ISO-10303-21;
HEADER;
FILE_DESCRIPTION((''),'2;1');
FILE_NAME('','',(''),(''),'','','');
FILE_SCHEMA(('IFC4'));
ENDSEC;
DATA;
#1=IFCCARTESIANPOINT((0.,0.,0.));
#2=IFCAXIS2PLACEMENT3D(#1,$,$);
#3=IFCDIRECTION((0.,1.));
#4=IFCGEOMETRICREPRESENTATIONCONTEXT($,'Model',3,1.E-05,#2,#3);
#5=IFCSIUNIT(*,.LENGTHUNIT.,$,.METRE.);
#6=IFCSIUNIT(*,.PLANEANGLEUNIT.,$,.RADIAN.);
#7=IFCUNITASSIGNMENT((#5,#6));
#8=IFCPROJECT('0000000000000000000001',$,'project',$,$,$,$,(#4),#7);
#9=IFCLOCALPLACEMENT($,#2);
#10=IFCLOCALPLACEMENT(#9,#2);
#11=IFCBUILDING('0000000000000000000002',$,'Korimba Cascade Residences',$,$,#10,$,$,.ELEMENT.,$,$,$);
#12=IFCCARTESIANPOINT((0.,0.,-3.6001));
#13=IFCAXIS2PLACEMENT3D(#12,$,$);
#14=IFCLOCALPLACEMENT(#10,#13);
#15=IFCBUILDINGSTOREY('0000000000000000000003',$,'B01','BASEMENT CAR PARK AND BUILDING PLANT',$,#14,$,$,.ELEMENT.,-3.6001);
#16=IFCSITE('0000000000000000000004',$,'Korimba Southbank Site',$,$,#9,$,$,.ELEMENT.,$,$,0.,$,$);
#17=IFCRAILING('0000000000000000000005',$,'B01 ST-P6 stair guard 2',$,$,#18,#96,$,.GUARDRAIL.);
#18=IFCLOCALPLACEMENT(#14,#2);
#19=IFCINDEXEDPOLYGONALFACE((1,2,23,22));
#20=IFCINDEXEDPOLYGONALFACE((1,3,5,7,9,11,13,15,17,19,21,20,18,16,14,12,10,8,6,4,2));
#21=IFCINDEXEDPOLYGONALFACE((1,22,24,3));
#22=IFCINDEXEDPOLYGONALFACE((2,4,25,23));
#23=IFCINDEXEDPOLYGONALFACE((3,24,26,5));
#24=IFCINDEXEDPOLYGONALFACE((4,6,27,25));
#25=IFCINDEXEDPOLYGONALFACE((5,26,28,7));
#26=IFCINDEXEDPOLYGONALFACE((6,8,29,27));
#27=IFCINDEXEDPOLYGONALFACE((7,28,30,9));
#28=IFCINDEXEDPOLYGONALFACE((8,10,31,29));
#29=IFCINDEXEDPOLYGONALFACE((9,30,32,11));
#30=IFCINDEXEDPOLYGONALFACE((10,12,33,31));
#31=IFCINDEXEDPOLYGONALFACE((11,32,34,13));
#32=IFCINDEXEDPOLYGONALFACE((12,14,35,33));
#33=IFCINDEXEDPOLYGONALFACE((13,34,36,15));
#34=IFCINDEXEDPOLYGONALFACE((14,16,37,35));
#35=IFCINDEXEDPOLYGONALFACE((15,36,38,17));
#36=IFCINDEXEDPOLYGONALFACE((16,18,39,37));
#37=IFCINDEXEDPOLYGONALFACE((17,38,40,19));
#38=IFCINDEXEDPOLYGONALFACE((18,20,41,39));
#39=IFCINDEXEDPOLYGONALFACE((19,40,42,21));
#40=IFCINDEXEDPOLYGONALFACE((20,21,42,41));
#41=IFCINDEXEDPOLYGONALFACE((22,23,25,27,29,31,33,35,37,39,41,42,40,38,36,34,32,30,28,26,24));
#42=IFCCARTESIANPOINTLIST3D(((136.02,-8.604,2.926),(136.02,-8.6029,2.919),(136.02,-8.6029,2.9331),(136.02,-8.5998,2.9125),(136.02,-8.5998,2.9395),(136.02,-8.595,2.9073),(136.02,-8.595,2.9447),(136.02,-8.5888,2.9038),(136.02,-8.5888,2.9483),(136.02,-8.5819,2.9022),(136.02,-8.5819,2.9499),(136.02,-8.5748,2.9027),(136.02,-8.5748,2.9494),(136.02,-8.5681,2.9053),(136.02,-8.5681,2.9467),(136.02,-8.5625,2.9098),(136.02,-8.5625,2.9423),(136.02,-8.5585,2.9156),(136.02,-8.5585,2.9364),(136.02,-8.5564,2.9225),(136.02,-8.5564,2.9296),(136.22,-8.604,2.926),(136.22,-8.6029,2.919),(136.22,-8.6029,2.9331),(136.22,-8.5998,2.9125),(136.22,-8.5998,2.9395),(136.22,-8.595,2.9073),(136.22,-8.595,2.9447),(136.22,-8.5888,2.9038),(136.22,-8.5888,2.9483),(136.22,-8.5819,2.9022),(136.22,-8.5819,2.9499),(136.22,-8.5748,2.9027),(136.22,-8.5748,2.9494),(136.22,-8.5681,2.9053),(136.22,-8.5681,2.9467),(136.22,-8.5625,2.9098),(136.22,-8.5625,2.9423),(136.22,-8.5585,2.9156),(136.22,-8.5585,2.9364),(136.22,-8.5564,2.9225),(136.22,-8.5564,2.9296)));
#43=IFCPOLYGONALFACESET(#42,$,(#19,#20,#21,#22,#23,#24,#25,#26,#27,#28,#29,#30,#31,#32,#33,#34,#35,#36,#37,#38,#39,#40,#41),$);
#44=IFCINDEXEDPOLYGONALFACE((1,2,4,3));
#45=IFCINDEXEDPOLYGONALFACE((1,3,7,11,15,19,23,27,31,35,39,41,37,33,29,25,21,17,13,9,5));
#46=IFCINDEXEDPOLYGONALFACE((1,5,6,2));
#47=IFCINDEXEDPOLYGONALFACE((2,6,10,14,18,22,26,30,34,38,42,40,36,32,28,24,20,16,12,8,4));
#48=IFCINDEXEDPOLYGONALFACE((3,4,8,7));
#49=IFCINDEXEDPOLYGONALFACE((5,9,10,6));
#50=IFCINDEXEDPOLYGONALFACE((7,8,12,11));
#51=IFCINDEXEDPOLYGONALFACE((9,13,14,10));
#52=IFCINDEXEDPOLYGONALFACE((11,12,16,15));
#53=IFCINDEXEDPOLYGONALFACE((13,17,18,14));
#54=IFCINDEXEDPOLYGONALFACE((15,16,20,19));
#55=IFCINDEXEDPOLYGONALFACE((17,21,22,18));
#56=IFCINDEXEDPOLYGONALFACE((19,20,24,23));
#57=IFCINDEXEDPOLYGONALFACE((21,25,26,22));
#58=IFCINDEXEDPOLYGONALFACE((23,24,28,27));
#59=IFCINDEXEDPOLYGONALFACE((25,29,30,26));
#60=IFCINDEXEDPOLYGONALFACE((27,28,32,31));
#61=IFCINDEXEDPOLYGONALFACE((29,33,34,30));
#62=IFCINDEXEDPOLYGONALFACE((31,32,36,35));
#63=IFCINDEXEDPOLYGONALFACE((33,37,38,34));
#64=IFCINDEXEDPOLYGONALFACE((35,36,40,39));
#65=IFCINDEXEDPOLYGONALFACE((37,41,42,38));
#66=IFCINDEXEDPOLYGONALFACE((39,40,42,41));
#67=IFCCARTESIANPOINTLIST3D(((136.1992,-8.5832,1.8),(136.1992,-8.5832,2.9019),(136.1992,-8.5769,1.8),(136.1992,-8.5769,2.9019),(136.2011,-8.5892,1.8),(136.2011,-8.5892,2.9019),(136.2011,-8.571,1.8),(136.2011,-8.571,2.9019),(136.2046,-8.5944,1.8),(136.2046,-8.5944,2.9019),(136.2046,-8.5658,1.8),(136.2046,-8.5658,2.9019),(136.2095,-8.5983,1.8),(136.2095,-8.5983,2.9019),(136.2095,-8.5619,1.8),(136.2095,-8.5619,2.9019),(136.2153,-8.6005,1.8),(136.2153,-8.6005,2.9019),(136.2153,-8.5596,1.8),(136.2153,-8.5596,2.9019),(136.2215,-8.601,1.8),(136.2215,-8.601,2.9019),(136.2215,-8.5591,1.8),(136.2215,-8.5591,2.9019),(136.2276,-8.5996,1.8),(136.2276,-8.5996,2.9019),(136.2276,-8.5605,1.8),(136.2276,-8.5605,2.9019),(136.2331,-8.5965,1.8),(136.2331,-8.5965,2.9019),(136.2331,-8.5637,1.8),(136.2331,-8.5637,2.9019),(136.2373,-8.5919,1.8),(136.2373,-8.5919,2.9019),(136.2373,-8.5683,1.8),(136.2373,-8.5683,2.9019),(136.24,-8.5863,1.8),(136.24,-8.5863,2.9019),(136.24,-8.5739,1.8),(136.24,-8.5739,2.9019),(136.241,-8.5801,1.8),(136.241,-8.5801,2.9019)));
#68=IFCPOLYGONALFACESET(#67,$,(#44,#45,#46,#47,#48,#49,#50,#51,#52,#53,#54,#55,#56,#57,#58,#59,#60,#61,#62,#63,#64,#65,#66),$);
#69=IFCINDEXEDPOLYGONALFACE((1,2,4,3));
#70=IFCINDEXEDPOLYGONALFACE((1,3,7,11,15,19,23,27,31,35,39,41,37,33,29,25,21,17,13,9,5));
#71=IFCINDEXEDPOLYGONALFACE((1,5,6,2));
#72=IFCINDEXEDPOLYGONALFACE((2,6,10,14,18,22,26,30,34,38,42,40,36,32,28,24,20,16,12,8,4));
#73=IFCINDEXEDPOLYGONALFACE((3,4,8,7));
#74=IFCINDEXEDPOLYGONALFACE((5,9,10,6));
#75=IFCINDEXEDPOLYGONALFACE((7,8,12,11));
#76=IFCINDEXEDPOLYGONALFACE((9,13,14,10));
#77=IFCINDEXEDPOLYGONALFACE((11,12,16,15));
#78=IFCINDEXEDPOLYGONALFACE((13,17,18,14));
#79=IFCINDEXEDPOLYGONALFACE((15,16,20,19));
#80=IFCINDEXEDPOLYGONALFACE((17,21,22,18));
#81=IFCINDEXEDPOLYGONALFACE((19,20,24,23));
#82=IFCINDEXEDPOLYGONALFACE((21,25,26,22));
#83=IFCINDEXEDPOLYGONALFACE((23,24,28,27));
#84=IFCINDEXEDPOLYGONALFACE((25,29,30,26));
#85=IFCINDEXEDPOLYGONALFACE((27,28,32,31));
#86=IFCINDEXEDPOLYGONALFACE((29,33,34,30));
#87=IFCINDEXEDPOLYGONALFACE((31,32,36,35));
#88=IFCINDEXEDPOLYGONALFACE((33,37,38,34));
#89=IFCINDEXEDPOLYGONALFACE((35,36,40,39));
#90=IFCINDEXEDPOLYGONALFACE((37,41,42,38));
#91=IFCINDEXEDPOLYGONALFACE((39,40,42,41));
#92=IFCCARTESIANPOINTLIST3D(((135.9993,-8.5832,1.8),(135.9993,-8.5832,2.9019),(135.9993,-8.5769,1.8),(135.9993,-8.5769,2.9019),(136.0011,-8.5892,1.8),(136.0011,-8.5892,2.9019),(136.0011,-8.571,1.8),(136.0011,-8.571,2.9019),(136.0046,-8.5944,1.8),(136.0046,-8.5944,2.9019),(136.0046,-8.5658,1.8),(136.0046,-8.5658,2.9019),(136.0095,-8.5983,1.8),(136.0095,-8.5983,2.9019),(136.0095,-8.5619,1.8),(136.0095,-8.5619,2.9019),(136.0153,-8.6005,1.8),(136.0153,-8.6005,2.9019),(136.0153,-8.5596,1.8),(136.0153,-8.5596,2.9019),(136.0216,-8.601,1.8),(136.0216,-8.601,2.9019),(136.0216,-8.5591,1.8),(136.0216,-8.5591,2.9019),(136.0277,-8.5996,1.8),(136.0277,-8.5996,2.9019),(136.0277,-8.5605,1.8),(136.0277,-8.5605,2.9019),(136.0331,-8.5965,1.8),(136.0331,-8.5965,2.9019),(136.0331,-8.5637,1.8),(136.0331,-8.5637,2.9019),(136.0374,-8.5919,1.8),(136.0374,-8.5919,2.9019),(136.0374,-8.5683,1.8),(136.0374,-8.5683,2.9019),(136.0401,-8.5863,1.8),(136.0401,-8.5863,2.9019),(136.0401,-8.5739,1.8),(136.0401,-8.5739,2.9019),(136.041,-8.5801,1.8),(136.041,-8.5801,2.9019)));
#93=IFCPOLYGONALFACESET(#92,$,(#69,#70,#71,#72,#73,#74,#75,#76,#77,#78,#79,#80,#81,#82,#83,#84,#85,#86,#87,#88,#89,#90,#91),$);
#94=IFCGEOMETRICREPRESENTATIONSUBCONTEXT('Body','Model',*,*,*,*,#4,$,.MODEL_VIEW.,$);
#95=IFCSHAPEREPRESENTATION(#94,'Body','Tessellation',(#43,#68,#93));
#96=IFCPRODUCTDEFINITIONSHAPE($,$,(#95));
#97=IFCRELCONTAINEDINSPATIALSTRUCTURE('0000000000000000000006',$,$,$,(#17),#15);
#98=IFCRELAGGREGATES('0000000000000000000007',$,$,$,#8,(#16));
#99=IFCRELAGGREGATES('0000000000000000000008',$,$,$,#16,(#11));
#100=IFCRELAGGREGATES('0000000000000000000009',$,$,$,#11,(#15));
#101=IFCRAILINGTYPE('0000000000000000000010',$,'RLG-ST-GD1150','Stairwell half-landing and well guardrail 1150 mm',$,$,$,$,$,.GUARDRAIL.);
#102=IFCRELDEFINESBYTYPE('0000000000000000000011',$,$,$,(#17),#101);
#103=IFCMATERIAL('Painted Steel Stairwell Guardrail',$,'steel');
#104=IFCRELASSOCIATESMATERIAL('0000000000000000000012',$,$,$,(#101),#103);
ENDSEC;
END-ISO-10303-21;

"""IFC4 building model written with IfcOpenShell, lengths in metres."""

from ifc_helpers import new_model, si_unit, direction, frame, origin, origin_2d, place, context, subcontext, project, spatial, circle, extrude, material, type_object, element, save


model = new_model("IFC4")

# Units and contexts
model_context = context("Model", 3, precision=1e-05, world=origin(), true_north=direction((0.0, 1.0)))
body_context = subcontext(model_context, "Body", "Model", "MODEL_VIEW")
ifc_project = project(units=[si_unit("LENGTHUNIT", "METRE"), si_unit("PLANEANGLEUNIT", "RADIAN")], contexts=[model_context])

# Site, building, storey
site_placement = place(None, origin())
site = spatial("IfcSite", under=ifc_project, at=site_placement, Name="Korimba Southbank Site", CompositionType="ELEMENT", RefElevation=0.0)
building_placement = place(site_placement, origin())
building = spatial("IfcBuilding", under=site, at=building_placement, Name="Korimba Cascade Residences", CompositionType="ELEMENT")
storey_placement = place(building_placement, frame((0.0, 0.0, -3.6001)))
storey = spatial("IfcBuildingStorey", under=building, at=storey_placement, Name="B01", Description="BASEMENT CAR PARK AND BUILDING PLANT", CompositionType="ELEMENT", Elevation=-3.6001)

# Railing
ifc_material_1 = material(Name="Painted Steel Stairwell Guardrail", Category="steel")
railing_type_1 = type_object("IfcRailingType", Name="RLG-ST-GD1150", Description="Stairwell half-landing and well guardrail 1150 mm", PredefinedType="GUARDRAIL", material=ifc_material_1)
railing_1_placement = place(storey_placement, frame((136.22, -8.5801, 1.8)))
element("IfcRailing", 1, at=railing_1_placement, inside=storey, type_object=railing_type_1, Name="B01 ST-P6 stair guard 2", PredefinedType="GUARDRAIL", context=body_context, shape_type="SweptSolid", body=[
    extrude(circle(Radius=0.0239, at=origin_2d()), frame((0.0, 0.0, 1.126), z_axis=(-1.0, 0.0, 0.0), x_axis=(0.0, -1.0, 0.0)), (0.0, 0.0, 1.0), 0.2),
    extrude(circle(Radius=0.021, at=origin_2d()), origin(), (0.0, 0.0, 1.0), 1.1018),
    extrude(circle(Radius=0.021, at=origin_2d()), frame((-0.2, 0.0, 0.0)), (0.0, 0.0, 1.0), 1.1018),
])

save(model, "model.ifc")
